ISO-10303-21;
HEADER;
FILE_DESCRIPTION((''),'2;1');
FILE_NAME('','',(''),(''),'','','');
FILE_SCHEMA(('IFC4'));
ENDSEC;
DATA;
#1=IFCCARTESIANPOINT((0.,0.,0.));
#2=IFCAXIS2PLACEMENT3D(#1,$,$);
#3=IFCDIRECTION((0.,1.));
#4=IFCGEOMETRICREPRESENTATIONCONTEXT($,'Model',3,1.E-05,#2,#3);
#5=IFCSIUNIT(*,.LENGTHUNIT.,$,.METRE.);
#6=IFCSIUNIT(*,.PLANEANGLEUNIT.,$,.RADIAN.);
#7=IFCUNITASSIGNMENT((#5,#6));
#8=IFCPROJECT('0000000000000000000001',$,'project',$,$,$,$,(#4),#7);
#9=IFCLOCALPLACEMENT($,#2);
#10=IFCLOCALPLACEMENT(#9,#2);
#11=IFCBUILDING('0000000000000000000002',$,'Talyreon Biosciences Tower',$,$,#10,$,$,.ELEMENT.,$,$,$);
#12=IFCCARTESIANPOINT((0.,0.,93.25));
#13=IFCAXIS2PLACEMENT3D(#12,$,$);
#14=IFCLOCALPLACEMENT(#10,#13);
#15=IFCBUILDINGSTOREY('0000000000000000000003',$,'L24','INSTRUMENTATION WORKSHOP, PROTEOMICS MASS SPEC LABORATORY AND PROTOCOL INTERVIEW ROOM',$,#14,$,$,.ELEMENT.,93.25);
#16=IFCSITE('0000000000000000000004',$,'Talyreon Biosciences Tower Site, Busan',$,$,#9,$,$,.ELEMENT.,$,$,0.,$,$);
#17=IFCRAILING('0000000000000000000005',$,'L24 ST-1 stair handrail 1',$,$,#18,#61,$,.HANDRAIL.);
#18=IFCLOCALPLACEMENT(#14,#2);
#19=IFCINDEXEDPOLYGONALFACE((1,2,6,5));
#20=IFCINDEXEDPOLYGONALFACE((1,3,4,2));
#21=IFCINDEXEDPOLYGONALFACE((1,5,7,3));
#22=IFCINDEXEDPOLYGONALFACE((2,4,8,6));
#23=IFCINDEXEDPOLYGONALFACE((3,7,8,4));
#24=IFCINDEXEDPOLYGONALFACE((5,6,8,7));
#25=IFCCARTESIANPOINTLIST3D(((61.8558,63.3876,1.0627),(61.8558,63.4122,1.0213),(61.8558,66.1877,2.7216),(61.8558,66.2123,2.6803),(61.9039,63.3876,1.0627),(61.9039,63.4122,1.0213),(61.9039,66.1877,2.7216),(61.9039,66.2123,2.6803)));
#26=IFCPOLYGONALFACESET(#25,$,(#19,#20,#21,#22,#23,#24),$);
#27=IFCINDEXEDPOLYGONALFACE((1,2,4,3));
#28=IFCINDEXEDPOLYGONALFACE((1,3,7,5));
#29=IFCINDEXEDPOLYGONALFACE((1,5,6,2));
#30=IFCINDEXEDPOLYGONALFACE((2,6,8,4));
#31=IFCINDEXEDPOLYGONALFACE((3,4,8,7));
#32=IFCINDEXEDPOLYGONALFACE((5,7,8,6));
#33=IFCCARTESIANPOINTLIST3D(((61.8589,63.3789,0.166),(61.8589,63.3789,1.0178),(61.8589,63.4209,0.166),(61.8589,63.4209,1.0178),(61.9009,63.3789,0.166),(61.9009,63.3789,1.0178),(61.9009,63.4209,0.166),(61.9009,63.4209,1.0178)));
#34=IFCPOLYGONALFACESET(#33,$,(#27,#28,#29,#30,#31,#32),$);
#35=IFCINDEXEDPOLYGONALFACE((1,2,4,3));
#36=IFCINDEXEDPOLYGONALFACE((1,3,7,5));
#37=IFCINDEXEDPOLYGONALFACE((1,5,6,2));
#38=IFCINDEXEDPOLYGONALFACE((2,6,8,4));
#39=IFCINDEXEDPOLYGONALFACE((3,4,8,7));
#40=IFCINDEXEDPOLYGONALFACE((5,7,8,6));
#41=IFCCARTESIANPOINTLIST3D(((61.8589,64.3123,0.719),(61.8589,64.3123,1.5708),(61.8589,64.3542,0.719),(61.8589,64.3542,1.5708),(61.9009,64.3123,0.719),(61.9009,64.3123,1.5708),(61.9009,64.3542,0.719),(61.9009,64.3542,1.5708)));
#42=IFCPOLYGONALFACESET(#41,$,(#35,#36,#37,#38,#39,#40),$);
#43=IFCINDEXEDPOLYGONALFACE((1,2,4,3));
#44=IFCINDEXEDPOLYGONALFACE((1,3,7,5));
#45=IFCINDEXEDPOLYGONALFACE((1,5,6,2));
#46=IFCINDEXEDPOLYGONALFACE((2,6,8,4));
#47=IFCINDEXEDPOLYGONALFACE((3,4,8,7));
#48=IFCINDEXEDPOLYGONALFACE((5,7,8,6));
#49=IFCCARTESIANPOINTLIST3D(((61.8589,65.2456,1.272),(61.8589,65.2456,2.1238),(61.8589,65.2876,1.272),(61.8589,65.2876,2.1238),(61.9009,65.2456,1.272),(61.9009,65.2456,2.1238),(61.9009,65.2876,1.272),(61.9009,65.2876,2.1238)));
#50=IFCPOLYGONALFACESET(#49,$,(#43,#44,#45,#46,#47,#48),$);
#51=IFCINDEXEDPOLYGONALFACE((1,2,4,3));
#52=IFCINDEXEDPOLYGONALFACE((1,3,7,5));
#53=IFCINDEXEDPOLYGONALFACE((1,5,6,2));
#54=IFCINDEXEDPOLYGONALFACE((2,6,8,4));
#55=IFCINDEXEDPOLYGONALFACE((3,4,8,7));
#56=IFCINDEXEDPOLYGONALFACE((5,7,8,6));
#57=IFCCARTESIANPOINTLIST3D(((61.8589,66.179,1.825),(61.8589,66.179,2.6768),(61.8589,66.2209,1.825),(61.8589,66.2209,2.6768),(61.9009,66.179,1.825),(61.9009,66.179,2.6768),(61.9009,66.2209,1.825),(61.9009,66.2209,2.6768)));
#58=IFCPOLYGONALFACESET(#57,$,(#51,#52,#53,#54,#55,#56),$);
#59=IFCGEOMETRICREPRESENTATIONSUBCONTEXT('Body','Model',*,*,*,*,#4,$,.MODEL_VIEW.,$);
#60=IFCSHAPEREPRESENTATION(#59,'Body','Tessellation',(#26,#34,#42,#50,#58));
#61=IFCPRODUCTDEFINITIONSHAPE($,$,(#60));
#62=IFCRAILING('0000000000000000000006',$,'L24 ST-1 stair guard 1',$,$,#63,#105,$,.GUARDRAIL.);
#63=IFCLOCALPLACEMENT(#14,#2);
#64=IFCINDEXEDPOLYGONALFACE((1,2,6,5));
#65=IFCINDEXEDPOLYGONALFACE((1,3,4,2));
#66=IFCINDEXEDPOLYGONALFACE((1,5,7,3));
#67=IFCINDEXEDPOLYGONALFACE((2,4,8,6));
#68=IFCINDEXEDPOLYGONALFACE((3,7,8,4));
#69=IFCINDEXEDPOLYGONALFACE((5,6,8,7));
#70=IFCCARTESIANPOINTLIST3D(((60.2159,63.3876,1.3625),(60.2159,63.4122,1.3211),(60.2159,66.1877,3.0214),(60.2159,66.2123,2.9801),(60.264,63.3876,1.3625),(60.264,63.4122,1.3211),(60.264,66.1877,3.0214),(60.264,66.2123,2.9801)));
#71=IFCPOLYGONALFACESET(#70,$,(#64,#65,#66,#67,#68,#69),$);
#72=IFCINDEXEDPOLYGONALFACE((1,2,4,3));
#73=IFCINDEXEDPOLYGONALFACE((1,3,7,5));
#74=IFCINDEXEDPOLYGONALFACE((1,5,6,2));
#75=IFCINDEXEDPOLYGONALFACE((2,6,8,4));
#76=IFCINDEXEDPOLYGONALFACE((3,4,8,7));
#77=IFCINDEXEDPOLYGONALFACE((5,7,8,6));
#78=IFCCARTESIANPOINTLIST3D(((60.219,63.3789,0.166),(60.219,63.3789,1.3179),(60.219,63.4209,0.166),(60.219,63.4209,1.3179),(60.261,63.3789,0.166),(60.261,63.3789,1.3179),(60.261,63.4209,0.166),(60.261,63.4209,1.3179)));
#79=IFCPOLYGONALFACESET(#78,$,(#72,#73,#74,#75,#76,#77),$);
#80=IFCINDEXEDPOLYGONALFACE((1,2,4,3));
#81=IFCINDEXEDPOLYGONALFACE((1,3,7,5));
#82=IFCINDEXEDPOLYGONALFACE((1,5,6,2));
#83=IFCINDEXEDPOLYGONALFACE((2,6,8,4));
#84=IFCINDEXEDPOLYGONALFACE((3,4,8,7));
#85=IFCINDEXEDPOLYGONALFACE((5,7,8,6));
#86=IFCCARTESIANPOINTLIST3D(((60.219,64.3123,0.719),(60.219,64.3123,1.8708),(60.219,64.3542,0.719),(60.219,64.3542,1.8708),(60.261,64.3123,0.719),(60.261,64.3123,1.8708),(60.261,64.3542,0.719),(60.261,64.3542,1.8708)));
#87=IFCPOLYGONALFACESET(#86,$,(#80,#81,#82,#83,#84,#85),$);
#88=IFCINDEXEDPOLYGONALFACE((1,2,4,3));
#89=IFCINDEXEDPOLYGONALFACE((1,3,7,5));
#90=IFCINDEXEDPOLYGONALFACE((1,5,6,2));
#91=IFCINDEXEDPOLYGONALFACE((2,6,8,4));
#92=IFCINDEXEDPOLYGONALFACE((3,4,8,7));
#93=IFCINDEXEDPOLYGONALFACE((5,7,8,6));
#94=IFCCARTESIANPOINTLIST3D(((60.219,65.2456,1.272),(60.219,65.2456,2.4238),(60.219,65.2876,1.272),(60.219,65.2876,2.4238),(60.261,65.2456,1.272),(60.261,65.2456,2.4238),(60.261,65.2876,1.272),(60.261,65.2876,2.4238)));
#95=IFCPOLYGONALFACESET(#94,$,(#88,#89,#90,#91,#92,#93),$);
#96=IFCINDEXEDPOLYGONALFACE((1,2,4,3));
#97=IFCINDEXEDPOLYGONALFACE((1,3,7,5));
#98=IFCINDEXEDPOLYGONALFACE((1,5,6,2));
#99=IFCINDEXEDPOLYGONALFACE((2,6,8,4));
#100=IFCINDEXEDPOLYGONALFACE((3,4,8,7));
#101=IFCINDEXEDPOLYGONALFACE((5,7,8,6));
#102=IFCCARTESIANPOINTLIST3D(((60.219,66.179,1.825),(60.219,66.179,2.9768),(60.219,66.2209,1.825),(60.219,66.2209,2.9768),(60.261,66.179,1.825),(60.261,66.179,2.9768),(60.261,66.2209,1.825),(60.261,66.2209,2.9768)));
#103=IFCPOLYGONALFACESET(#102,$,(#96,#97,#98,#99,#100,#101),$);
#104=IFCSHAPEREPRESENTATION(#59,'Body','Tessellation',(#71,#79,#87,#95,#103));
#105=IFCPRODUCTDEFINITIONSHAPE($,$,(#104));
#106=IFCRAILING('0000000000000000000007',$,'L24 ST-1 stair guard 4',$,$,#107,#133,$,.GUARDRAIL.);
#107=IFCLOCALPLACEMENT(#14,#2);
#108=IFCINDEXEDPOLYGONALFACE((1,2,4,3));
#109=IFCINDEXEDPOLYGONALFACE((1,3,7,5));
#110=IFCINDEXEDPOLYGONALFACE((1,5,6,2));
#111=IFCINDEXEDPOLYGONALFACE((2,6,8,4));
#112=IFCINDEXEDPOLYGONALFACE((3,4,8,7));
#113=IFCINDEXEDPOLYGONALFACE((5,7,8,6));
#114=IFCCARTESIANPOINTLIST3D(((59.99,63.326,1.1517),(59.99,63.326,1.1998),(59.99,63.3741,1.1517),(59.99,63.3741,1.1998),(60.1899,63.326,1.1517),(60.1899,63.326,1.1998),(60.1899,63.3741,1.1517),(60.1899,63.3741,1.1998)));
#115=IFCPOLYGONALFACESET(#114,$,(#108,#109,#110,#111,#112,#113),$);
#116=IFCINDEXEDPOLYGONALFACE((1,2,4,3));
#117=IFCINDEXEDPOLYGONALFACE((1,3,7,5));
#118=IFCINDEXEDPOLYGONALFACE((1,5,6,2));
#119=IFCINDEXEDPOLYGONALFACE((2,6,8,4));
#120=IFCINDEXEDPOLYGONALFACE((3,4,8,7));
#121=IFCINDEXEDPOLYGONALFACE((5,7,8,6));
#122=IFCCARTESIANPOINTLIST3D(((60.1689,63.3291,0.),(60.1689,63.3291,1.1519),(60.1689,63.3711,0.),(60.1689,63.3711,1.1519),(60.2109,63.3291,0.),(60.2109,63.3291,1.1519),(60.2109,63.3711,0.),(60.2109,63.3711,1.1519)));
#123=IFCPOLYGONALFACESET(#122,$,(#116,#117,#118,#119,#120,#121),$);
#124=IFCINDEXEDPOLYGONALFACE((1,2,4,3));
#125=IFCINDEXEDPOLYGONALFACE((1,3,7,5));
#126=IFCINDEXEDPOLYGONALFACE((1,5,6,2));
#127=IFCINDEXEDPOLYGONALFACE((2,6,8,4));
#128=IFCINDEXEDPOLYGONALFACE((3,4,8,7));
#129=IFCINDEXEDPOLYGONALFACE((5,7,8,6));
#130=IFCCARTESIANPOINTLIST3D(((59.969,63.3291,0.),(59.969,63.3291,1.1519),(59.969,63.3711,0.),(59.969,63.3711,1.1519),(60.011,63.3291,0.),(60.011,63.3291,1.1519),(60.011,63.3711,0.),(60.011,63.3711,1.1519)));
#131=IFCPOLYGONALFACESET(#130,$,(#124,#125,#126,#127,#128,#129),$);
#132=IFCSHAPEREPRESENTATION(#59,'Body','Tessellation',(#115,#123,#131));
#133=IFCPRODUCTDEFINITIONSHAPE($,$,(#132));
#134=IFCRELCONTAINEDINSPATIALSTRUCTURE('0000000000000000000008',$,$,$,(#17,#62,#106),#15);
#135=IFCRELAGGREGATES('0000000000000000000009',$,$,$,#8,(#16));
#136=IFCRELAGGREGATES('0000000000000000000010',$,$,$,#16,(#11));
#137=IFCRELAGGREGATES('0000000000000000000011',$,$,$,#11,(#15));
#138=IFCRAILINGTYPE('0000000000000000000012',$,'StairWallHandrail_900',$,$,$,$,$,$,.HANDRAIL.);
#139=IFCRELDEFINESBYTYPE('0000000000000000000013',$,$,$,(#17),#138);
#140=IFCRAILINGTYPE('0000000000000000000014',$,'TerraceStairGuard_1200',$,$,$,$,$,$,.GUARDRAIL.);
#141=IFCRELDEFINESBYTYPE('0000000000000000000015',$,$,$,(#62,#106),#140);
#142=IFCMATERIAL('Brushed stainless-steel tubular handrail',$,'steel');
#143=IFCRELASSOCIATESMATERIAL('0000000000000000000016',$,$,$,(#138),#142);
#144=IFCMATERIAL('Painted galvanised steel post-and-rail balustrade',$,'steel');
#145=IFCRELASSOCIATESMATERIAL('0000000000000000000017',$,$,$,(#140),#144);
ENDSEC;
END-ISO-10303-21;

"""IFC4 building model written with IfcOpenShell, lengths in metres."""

from ifc_helpers import new_model, si_unit, direction, frame, origin, origin_2d, place, context, subcontext, project, spatial, rectangle, extrude, material, type_object, element, save


model = new_model("IFC4")

# Units and contexts
model_context = context("Model", 3, precision=1e-05, world=origin(), true_north=direction((0.0, 1.0)))
body_context = subcontext(model_context, "Body", "Model", "MODEL_VIEW")
ifc_project = project(units=[si_unit("LENGTHUNIT", "METRE"), si_unit("PLANEANGLEUNIT", "RADIAN")], contexts=[model_context])

# Site, building, storey
site_placement = place(None, origin())
site = spatial("IfcSite", under=ifc_project, at=site_placement, Name="Talyreon Biosciences Tower Site, Busan", CompositionType="ELEMENT", RefElevation=0.0)
building_placement = place(site_placement, origin())
building = spatial("IfcBuilding", under=site, at=building_placement, Name="Talyreon Biosciences Tower", CompositionType="ELEMENT")
storey_placement = place(building_placement, frame((0.0, 0.0, 93.25)))
storey = spatial("IfcBuildingStorey", under=building, at=storey_placement, Name="L24", Description="INSTRUMENTATION WORKSHOP, PROTEOMICS MASS SPEC LABORATORY AND PROTOCOL INTERVIEW ROOM", CompositionType="ELEMENT", Elevation=93.25)

# Railings
ifc_material_1 = material(Name="Brushed stainless-steel tubular handrail", Category="steel")
railing_type_1 = type_object("IfcRailingType", Name="StairWallHandrail_900", PredefinedType="HANDRAIL", material=ifc_material_1)
railing_1_placement = place(storey_placement, frame((61.8799, 63.3999, 0.166)))
element("IfcRailing", 1, at=railing_1_placement, inside=storey, type_object=railing_type_1, Name="L24 ST-1 stair handrail 1", PredefinedType="HANDRAIL", context=body_context, shape_type="SweptSolid", body=[
    extrude(rectangle(XDim=0.0481, YDim=0.0481, at=origin_2d()), frame((0.0, 0.0, 0.876), z_axis=(0.0, 0.860339, 0.509722), x_axis=(-1.0, 0.0, 0.0)), (0.0, 0.0, 1.0), 3.2546),
    extrude(rectangle(XDim=0.042, YDim=0.042, at=origin_2d()), origin(), (0.0, 0.0, 1.0), 0.8518),
    extrude(rectangle(XDim=0.042, YDim=0.042, at=origin_2d()), frame((0.0, 0.9333, 0.553)), (0.0, 0.0, 1.0), 0.8518),
    extrude(rectangle(XDim=0.042, YDim=0.042, at=origin_2d()), frame((0.0, 1.8667, 1.106)), (0.0, 0.0, 1.0), 0.8518),
    extrude(rectangle(XDim=0.042, YDim=0.042, at=origin_2d()), frame((0.0, 2.8, 1.6589)), (0.0, 0.0, 1.0), 0.8518),
])
ifc_material_2 = material(Name="Painted galvanised steel post-and-rail balustrade", Category="steel")
railing_type_2 = type_object("IfcRailingType", Name="TerraceStairGuard_1200", PredefinedType="GUARDRAIL", material=ifc_material_2)
railing_2_placement = place(storey_placement, frame((60.24, 63.3999, 0.166)))
element("IfcRailing", 2, at=railing_2_placement, inside=storey, type_object=railing_type_2, Name="L24 ST-1 stair guard 1", PredefinedType="GUARDRAIL", context=body_context, shape_type="SweptSolid", body=[
    extrude(rectangle(XDim=0.0481, YDim=0.0481, at=origin_2d()), frame((0.0, 0.0, 1.1758), z_axis=(0.0, 0.860339, 0.509722), x_axis=(-1.0, 0.0, 0.0)), (0.0, 0.0, 1.0), 3.2546),
    extrude(rectangle(XDim=0.042, YDim=0.042, at=origin_2d()), origin(), (0.0, 0.0, 1.0), 1.1519),
    extrude(rectangle(XDim=0.042, YDim=0.042, at=origin_2d()), frame((0.0, 0.9333, 0.553)), (0.0, 0.0, 1.0), 1.1519),
    extrude(rectangle(XDim=0.042, YDim=0.042, at=origin_2d()), frame((0.0, 1.8667, 1.106)), (0.0, 0.0, 1.0), 1.1519),
    extrude(rectangle(XDim=0.042, YDim=0.042, at=origin_2d()), frame((0.0, 2.8, 1.6589)), (0.0, 0.0, 1.0), 1.1519),
])
railing_3_placement = place(storey_placement, frame((60.1899, 63.3501, 0.0)))
element("IfcRailing", 3, at=railing_3_placement, inside=storey, type_object=railing_type_2, Name="L24 ST-1 stair guard 4", PredefinedType="GUARDRAIL", context=body_context, shape_type="SweptSolid", body=[
    extrude(rectangle(XDim=0.0481, YDim=0.0481, at=origin_2d()), frame((0.0, 0.0, 1.1758), z_axis=(-1.0, 0.0, 0.0), x_axis=(0.0, -1.0, 0.0)), (0.0, 0.0, 1.0), 0.2),
    extrude(rectangle(XDim=0.042, YDim=0.042, at=origin_2d()), origin(), (0.0, 0.0, 1.0), 1.1519),
    extrude(rectangle(XDim=0.042, YDim=0.042, at=origin_2d()), frame((-0.2, 0.0, 0.0)), (0.0, 0.0, 1.0), 1.1519),
])

save(model, "model.ifc")
